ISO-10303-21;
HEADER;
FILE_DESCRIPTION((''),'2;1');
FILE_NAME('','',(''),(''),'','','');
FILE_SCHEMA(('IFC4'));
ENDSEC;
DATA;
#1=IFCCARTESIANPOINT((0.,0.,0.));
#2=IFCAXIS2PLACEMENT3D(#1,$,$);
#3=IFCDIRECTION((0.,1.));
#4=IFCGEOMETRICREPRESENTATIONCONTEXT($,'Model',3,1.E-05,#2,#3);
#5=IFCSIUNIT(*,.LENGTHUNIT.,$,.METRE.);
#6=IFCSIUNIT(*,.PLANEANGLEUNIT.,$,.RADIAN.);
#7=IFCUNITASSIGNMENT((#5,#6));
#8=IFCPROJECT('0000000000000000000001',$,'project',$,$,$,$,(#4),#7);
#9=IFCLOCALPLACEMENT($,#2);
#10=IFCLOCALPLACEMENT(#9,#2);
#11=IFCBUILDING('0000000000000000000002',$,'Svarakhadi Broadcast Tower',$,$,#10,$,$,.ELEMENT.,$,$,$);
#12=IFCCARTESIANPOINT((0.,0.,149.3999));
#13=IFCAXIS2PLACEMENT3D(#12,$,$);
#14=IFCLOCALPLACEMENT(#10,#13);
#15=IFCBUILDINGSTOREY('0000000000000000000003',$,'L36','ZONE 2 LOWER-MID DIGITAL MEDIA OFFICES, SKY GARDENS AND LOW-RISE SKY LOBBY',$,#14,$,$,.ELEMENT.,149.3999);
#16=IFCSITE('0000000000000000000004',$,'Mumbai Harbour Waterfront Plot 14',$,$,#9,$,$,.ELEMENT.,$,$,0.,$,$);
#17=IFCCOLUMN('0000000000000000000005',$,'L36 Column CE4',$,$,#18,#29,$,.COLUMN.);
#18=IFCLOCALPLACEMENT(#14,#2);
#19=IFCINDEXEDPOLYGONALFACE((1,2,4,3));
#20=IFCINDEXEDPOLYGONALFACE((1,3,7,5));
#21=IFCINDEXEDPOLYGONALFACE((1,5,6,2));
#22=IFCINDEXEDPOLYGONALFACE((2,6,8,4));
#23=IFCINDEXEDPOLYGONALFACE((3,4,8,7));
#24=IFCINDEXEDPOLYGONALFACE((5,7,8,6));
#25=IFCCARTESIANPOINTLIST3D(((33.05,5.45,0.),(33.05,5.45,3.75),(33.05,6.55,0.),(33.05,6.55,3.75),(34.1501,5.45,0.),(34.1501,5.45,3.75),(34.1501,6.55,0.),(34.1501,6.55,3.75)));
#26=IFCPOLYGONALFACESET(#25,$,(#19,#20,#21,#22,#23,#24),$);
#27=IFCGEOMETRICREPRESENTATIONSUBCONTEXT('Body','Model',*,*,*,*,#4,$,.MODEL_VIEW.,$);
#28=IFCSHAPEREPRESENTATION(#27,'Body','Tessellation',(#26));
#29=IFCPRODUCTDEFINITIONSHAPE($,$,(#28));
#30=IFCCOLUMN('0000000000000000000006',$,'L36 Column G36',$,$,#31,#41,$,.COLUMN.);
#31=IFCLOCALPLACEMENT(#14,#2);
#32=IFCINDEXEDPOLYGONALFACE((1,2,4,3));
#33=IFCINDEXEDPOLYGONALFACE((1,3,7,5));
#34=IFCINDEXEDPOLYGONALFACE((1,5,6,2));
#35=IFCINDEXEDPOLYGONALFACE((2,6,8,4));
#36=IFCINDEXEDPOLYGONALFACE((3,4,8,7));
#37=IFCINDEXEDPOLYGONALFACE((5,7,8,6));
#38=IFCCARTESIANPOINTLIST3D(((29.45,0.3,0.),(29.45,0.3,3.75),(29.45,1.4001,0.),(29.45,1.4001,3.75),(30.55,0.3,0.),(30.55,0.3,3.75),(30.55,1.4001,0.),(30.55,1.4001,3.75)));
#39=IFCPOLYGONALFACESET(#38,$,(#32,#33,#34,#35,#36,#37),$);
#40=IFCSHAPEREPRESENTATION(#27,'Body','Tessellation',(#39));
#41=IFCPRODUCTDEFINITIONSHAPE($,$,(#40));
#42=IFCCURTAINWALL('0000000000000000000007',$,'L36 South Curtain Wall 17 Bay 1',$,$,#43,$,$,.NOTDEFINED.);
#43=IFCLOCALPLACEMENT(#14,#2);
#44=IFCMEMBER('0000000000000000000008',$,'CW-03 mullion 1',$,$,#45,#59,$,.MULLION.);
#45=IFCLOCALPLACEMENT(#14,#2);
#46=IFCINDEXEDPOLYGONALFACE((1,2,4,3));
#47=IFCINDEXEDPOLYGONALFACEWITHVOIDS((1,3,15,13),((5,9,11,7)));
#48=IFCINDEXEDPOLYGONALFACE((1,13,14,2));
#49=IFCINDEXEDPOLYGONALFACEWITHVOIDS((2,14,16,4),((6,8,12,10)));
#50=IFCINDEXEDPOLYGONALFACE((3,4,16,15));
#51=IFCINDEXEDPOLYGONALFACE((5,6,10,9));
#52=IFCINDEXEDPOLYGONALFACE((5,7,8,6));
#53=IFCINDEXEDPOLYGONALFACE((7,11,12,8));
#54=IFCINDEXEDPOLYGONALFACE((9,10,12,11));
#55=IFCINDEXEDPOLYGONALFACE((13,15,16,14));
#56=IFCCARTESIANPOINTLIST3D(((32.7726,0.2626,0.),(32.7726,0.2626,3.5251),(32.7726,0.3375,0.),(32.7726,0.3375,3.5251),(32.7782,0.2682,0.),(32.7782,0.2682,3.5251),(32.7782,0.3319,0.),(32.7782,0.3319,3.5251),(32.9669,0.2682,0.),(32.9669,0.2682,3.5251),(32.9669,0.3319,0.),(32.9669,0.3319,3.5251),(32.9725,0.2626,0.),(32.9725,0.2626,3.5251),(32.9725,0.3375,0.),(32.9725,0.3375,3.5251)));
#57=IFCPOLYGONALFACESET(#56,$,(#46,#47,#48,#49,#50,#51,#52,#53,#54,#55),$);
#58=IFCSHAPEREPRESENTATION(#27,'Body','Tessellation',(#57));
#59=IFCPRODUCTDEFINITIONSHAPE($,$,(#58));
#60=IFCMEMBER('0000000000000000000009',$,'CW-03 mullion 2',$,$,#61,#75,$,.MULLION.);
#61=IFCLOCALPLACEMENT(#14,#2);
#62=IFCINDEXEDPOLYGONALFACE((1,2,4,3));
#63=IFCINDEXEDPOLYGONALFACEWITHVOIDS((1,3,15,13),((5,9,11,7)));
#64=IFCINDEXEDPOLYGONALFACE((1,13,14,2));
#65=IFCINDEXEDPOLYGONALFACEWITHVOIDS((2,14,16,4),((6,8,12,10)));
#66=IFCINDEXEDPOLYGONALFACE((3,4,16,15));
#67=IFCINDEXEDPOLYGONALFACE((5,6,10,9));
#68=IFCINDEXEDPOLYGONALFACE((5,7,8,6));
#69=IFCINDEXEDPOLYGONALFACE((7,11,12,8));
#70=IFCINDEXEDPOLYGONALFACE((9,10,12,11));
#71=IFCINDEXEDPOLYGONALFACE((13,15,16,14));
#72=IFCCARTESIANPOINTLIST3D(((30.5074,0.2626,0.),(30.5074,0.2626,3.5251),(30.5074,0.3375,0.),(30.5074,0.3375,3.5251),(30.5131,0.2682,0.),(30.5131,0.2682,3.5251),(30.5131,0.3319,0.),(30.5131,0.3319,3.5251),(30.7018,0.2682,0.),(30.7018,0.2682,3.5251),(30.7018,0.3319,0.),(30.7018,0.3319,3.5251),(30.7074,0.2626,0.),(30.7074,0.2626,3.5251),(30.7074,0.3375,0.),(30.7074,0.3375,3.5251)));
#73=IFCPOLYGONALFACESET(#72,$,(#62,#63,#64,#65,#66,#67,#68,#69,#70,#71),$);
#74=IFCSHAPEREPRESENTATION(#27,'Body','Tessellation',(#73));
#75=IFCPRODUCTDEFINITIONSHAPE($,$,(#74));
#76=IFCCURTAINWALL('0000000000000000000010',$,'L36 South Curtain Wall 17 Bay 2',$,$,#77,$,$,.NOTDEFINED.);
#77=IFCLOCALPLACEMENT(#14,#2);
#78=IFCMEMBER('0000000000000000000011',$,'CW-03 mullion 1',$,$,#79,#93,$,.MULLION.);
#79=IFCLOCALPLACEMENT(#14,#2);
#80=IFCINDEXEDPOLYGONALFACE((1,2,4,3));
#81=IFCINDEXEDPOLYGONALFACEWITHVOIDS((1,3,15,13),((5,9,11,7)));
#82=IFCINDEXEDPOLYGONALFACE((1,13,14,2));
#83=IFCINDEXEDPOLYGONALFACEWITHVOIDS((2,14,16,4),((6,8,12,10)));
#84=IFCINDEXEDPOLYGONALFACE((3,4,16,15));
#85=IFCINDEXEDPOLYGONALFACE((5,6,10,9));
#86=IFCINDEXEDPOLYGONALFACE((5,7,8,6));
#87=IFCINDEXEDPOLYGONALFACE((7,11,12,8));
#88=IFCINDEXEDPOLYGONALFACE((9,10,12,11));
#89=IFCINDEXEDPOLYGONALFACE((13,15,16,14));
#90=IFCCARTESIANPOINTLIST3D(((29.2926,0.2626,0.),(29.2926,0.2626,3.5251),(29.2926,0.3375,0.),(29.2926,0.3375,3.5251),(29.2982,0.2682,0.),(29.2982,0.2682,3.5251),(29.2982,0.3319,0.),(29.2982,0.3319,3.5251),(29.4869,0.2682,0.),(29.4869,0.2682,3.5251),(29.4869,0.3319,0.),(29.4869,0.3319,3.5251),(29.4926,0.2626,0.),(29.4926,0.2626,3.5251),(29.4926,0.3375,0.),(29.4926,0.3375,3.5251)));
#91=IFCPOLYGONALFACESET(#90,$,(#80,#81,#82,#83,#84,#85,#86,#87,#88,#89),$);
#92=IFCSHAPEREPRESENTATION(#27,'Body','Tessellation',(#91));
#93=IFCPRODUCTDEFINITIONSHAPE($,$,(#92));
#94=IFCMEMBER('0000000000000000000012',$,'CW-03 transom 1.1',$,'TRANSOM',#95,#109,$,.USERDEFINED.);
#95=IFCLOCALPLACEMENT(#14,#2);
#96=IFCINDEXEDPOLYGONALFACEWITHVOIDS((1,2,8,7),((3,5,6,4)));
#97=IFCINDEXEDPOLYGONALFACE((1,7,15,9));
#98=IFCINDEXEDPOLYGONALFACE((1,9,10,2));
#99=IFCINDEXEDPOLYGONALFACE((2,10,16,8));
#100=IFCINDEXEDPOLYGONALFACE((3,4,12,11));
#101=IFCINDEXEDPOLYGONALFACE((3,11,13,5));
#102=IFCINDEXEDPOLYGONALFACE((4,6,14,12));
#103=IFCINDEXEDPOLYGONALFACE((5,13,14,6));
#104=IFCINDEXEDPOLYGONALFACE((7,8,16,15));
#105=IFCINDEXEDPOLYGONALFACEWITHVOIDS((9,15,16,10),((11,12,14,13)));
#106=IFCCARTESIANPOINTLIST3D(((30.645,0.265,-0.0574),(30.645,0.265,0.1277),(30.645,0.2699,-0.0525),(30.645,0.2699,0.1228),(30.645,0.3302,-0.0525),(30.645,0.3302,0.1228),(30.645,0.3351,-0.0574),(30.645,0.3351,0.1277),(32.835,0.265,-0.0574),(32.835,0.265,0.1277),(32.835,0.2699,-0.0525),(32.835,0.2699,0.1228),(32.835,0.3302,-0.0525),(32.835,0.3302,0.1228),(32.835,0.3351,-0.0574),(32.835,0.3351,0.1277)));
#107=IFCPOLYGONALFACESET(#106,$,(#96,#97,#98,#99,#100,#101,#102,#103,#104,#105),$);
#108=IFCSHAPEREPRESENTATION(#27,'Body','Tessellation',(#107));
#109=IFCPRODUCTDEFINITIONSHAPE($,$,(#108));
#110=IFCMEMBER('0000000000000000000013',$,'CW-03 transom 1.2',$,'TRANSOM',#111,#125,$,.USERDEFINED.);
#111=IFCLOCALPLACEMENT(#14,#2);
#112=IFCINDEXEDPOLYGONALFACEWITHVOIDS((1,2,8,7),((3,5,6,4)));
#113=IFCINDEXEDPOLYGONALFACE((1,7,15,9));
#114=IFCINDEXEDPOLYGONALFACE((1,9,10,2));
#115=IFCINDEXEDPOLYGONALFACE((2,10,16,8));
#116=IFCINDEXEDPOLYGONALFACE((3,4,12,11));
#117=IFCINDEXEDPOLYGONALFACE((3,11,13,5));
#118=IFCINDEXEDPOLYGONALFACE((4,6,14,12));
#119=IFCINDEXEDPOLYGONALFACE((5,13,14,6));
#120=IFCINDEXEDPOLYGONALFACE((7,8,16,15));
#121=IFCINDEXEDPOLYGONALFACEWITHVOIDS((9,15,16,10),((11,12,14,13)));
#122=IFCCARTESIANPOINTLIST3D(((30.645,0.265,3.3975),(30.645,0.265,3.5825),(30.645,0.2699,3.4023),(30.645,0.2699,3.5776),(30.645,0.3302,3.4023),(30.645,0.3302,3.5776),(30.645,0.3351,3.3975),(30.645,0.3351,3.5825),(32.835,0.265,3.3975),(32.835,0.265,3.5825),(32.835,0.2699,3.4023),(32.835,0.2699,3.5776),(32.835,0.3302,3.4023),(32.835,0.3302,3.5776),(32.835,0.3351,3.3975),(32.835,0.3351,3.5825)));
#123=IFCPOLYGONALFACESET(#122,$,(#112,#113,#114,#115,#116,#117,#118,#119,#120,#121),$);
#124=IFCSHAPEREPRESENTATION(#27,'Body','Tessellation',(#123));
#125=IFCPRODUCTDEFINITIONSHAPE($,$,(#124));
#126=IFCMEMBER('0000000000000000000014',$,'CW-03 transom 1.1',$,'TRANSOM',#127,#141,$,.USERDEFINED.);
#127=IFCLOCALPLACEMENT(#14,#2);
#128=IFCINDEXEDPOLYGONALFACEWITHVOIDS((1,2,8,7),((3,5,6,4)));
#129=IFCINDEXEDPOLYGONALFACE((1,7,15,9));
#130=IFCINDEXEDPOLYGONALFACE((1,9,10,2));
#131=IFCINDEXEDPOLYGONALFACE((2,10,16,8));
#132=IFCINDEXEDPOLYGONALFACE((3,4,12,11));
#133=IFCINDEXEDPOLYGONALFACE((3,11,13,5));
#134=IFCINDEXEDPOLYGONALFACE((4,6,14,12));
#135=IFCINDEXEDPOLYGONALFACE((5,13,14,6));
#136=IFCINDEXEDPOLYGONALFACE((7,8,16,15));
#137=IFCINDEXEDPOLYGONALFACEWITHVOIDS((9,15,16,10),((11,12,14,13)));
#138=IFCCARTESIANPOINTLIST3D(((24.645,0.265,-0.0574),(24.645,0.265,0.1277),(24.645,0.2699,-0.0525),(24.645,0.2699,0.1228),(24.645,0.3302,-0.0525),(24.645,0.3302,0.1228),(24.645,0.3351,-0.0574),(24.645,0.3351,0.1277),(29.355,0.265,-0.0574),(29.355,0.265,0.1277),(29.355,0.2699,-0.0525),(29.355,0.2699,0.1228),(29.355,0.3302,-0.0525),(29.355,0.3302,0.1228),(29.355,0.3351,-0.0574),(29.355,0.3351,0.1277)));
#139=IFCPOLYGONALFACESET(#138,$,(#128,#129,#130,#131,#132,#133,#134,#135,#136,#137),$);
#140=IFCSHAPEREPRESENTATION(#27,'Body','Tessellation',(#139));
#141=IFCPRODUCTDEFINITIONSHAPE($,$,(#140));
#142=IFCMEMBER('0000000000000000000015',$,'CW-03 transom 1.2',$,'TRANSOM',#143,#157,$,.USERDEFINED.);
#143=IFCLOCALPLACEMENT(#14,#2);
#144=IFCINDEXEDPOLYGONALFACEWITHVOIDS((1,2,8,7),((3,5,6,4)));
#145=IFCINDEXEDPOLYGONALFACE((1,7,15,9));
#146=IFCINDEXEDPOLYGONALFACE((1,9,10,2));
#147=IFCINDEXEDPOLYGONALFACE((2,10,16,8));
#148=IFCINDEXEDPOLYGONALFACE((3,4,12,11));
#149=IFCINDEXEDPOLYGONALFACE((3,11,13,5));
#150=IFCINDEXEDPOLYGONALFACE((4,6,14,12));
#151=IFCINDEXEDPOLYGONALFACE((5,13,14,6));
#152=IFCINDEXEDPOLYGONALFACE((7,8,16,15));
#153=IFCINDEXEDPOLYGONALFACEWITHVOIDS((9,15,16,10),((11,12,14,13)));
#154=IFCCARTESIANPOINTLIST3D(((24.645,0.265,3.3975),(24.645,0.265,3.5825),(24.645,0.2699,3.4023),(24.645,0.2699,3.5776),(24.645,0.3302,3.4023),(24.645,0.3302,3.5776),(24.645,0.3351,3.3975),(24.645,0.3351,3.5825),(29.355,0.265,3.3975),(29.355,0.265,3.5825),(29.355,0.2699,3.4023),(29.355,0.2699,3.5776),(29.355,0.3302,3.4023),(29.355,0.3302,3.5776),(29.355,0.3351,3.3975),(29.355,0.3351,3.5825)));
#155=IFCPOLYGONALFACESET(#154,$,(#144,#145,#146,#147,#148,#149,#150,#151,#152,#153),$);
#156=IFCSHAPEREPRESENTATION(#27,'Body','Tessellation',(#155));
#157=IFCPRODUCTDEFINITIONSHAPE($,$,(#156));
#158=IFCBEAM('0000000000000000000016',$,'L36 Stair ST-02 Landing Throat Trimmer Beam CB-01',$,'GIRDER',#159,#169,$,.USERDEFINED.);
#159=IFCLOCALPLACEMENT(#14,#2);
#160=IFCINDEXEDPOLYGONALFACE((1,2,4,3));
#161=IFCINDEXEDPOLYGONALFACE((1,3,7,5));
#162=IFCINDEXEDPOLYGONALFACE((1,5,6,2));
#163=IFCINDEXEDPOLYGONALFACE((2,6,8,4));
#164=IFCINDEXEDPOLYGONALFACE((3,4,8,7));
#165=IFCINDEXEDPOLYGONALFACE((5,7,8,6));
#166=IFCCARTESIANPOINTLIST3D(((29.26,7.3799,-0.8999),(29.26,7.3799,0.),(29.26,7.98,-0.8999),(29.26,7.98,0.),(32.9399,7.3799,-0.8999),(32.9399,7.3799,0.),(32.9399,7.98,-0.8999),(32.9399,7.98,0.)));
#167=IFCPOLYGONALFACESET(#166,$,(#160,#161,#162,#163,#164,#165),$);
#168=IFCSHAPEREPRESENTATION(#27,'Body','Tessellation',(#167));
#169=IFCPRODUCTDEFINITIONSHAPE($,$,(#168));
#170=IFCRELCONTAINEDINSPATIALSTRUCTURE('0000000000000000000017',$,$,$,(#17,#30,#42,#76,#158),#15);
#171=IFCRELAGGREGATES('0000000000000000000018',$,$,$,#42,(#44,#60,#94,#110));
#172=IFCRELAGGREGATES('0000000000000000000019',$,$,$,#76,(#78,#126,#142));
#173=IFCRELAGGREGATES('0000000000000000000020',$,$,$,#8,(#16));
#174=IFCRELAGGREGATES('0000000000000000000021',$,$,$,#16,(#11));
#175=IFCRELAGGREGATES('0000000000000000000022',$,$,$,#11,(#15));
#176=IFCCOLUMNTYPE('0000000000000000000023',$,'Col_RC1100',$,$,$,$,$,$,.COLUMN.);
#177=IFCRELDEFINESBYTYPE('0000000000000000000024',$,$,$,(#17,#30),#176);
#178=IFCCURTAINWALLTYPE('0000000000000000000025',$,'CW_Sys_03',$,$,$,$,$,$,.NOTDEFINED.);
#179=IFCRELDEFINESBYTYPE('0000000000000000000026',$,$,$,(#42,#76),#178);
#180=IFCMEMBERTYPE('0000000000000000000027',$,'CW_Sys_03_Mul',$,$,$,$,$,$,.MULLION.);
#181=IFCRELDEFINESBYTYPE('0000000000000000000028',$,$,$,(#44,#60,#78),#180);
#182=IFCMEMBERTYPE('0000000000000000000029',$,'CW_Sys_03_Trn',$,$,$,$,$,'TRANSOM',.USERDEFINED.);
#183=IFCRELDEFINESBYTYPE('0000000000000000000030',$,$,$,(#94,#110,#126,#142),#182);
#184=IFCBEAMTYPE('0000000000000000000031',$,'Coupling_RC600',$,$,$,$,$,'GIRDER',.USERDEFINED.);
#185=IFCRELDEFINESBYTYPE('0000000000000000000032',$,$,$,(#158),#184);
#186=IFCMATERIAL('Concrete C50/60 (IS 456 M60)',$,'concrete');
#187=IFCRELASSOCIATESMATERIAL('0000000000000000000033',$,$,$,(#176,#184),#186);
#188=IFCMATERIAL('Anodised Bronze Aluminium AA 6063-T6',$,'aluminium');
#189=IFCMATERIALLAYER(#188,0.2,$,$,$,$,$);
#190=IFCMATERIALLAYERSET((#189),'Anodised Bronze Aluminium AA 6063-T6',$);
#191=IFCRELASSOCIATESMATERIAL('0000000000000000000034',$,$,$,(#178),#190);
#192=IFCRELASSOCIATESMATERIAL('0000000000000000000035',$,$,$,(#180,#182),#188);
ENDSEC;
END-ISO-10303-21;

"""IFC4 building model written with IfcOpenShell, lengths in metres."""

from ifc_helpers import new_model, si_unit, direction, frame, origin, origin_2d, place, context, subcontext, project, spatial, rectangle, hollow_rectangle, extrude, material, layer, layer_set, material_profile, profile_set, type_object, element, aggregate, save


model = new_model("IFC4")

# Units and contexts
model_context = context("Model", 3, precision=1e-05, world=origin(), true_north=direction((0.0, 1.0)))
body_context = subcontext(model_context, "Body", "Model", "MODEL_VIEW")
ifc_project = project(units=[si_unit("LENGTHUNIT", "METRE"), si_unit("PLANEANGLEUNIT", "RADIAN")], contexts=[model_context])

# Site, building, storey
site_placement = place(None, origin())
site = spatial("IfcSite", under=ifc_project, at=site_placement, Name="Mumbai Harbour Waterfront Plot 14", CompositionType="ELEMENT", RefElevation=0.0)
building_placement = place(site_placement, origin())
building = spatial("IfcBuilding", under=site, at=building_placement, Name="Svarakhadi Broadcast Tower", CompositionType="ELEMENT")
storey_placement = place(building_placement, frame((0.0, 0.0, 149.3999)))
storey = spatial("IfcBuildingStorey", under=building, at=storey_placement, Name="L36", Description="ZONE 2 LOWER-MID DIGITAL MEDIA OFFICES, SKY GARDENS AND LOW-RISE SKY LOBBY", CompositionType="ELEMENT", Elevation=149.3999)

# Columns
ifc_material_1 = material(Name="Concrete C50/60 (IS 456 M60)", Category="concrete")
ifc_material_profile_1 = material_profile(ifc_material_1, rectangle(XDim=1.1001, YDim=1.1001, at=origin_2d()), Name="RC 1100x1100")
ifc_profile_set_1 = profile_set([ifc_material_profile_1], Name="Concrete C50/60 (IS 456 M60)")
column_type = type_object("IfcColumnType", Name="Col_RC1100", PredefinedType="COLUMN", material=ifc_profile_set_1)
for number, where, z_axis, x_axis, name in (
    (1, (33.6001, 6.0, 0.0), (0.0, 0.0, 1.0), (1.0, 0.0, 0.0), "L36 Column CE4"),
    (2, (30.0, 0.8501, 0.0), (0.0, 0.0, 1.0), (1.0, 0.0, 0.0), "L36 Column G36"),
):
    element("IfcColumn", number, at=place(storey_placement, frame(where, z_axis=z_axis, x_axis=x_axis)), inside=storey, type_object=column_type, Name=name, PredefinedType="COLUMN", context=body_context, shape_type="SweptSolid", body=[
        extrude(rectangle(XDim=1.1001, YDim=1.1001, at=origin_2d()), origin(), (0.0, 0.0, 1.0), 3.75),
    ])

# Curtain wall, members
ifc_material_2 = material(Name="Anodised Bronze Aluminium AA 6063-T6", Category="aluminium")
ifc_layer_1 = layer(ifc_material_2, 0.2)
ifc_layer_set_1 = layer_set([ifc_layer_1], Name="Anodised Bronze Aluminium AA 6063-T6")
curtain_wall_type = type_object("IfcCurtainWallType", Name="CW_Sys_03", PredefinedType="NOTDEFINED", material=ifc_layer_set_1)
curtain_wall_1_placement = place(storey_placement, origin())
curtain_wall_1 = element("IfcCurtainWall", 3, at=curtain_wall_1_placement, inside=storey, type_object=curtain_wall_type, Name="L36 South Curtain Wall 17 Bay 1", PredefinedType="NOTDEFINED")
ifc_material_profile_2 = material_profile(ifc_material_2, hollow_rectangle(XDim=0.075, YDim=0.2, WallThickness=0.0056, at=origin_2d()), Name="ALU MULLION 200x75x6")
ifc_profile_set_2 = profile_set([ifc_material_profile_2], Name="Anodised Bronze Aluminium AA 6063-T6")
member_type_1 = type_object("IfcMemberType", Name="CW_Sys_03_Mul", PredefinedType="MULLION", material=ifc_profile_set_2)
member_1_placement = place(storey_placement, frame((32.8726, 0.3, 0.0), z_axis=(0.0, 0.0, 1.0), x_axis=(0.0, -1.0, 0.0)))
member_1 = element("IfcMember", 4, at=member_1_placement, type_object=member_type_1, Name="CW-03 mullion 1", PredefinedType="MULLION", context=body_context, shape_type="SweptSolid", body=[
    extrude(hollow_rectangle(XDim=0.075, YDim=0.2, WallThickness=0.0056, at=origin_2d()), origin(), (0.0, 0.0, 1.0), 3.5251),
])
member_2_placement = place(storey_placement, frame((30.6074, 0.3, 0.0), z_axis=(0.0, 0.0, 1.0), x_axis=(0.0, -1.0, 0.0)))
member_2 = element("IfcMember", 5, at=member_2_placement, type_object=member_type_1, Name="CW-03 mullion 2", PredefinedType="MULLION", context=body_context, shape_type="SweptSolid", body=[
    extrude(hollow_rectangle(XDim=0.075, YDim=0.2, WallThickness=0.0056, at=origin_2d()), origin(), (0.0, 0.0, 1.0), 3.5251),
])

# Curtain wall, member
curtain_wall_2_placement = place(storey_placement, origin())
curtain_wall_2 = element("IfcCurtainWall", 6, at=curtain_wall_2_placement, inside=storey, type_object=curtain_wall_type, Name="L36 South Curtain Wall 17 Bay 2", PredefinedType="NOTDEFINED")
member_3_placement = place(storey_placement, frame((29.3926, 0.3, 0.0), z_axis=(0.0, 0.0, 1.0), x_axis=(0.0, -1.0, 0.0)))
member_3 = element("IfcMember", 7, at=member_3_placement, type_object=member_type_1, Name="CW-03 mullion 1", PredefinedType="MULLION", context=body_context, shape_type="SweptSolid", body=[
    extrude(hollow_rectangle(XDim=0.075, YDim=0.2, WallThickness=0.0056, at=origin_2d()), origin(), (0.0, 0.0, 1.0), 3.5251),
])

# Members
ifc_material_profile_3 = material_profile(ifc_material_2, hollow_rectangle(XDim=0.0701, YDim=0.1851, WallThickness=0.0049, at=origin_2d()), Name="ALU TRANSOM 185x70x5")
ifc_profile_set_3 = profile_set([ifc_material_profile_3], Name="Anodised Bronze Aluminium AA 6063-T6")
member_type_2 = type_object("IfcMemberType", Name="CW_Sys_03_Trn", ElementType="TRANSOM", PredefinedType="USERDEFINED", material=ifc_profile_set_3)
member_4_placement = place(storey_placement, frame((32.835, 0.3, 0.0352), z_axis=(-1.0, 0.0, 0.0), x_axis=(0.0, -1.0, 0.0)))
member_4 = element("IfcMember", 8, at=member_4_placement, type_object=member_type_2, Name="CW-03 transom 1.1", ObjectType="TRANSOM", PredefinedType="USERDEFINED", context=body_context, shape_type="SweptSolid", body=[
    extrude(hollow_rectangle(XDim=0.0701, YDim=0.1851, WallThickness=0.0049, at=origin_2d()), origin(), (0.0, 0.0, 1.0), 2.1899),
])
member_5_placement = place(storey_placement, frame((32.835, 0.3, 3.49), z_axis=(-1.0, 0.0, 0.0), x_axis=(0.0, -1.0, 0.0)))
member_5 = element("IfcMember", 9, at=member_5_placement, type_object=member_type_2, Name="CW-03 transom 1.2", ObjectType="TRANSOM", PredefinedType="USERDEFINED", context=body_context, shape_type="SweptSolid", body=[
    extrude(hollow_rectangle(XDim=0.0701, YDim=0.1851, WallThickness=0.0049, at=origin_2d()), origin(), (0.0, 0.0, 1.0), 2.1899),
])
member_6_placement = place(storey_placement, frame((29.355, 0.3, 0.0352), z_axis=(-1.0, 0.0, 0.0), x_axis=(0.0, -1.0, 0.0)))
member_6 = element("IfcMember", 10, at=member_6_placement, type_object=member_type_2, Name="CW-03 transom 1.1", ObjectType="TRANSOM", PredefinedType="USERDEFINED", context=body_context, shape_type="SweptSolid", body=[
    extrude(hollow_rectangle(XDim=0.0701, YDim=0.1851, WallThickness=0.0049, at=origin_2d()), origin(), (0.0, 0.0, 1.0), 4.71),
])
member_7_placement = place(storey_placement, frame((29.355, 0.3, 3.49), z_axis=(-1.0, 0.0, 0.0), x_axis=(0.0, -1.0, 0.0)))
member_7 = element("IfcMember", 11, at=member_7_placement, type_object=member_type_2, Name="CW-03 transom 1.2", ObjectType="TRANSOM", PredefinedType="USERDEFINED", context=body_context, shape_type="SweptSolid", body=[
    extrude(hollow_rectangle(XDim=0.0701, YDim=0.1851, WallThickness=0.0049, at=origin_2d()), origin(), (0.0, 0.0, 1.0), 4.71),
])

# Beam
ifc_material_profile_4 = material_profile(ifc_material_1, rectangle(XDim=0.6001, YDim=0.8999, at=origin_2d()), Name="RC 600x900")
ifc_profile_set_4 = profile_set([ifc_material_profile_4], Name="Concrete C50/60 (IS 456 M60)")
beam_type_1 = type_object("IfcBeamType", Name="Coupling_RC600", ElementType="GIRDER", PredefinedType="USERDEFINED", material=ifc_profile_set_4)
beam_1_placement = place(storey_placement, frame((29.26, 7.6799, -0.45), z_axis=(1.0, 0.0, 0.0), x_axis=(0.0, 1.0, 0.0)))
element("IfcBeam", 12, at=beam_1_placement, inside=storey, type_object=beam_type_1, Name="L36 Stair ST-02 Landing Throat Trimmer Beam CB-01", ObjectType="GIRDER", PredefinedType="USERDEFINED", context=body_context, shape_type="SweptSolid", body=[
    extrude(rectangle(XDim=0.6001, YDim=0.8999, at=origin_2d()), origin(), (0.0, 0.0, 1.0), 3.6799),
])

aggregate(curtain_wall_1, [member_1, member_2, member_4, member_5])
aggregate(curtain_wall_2, [member_3, member_6, member_7])

save(model, "model.ifc")
